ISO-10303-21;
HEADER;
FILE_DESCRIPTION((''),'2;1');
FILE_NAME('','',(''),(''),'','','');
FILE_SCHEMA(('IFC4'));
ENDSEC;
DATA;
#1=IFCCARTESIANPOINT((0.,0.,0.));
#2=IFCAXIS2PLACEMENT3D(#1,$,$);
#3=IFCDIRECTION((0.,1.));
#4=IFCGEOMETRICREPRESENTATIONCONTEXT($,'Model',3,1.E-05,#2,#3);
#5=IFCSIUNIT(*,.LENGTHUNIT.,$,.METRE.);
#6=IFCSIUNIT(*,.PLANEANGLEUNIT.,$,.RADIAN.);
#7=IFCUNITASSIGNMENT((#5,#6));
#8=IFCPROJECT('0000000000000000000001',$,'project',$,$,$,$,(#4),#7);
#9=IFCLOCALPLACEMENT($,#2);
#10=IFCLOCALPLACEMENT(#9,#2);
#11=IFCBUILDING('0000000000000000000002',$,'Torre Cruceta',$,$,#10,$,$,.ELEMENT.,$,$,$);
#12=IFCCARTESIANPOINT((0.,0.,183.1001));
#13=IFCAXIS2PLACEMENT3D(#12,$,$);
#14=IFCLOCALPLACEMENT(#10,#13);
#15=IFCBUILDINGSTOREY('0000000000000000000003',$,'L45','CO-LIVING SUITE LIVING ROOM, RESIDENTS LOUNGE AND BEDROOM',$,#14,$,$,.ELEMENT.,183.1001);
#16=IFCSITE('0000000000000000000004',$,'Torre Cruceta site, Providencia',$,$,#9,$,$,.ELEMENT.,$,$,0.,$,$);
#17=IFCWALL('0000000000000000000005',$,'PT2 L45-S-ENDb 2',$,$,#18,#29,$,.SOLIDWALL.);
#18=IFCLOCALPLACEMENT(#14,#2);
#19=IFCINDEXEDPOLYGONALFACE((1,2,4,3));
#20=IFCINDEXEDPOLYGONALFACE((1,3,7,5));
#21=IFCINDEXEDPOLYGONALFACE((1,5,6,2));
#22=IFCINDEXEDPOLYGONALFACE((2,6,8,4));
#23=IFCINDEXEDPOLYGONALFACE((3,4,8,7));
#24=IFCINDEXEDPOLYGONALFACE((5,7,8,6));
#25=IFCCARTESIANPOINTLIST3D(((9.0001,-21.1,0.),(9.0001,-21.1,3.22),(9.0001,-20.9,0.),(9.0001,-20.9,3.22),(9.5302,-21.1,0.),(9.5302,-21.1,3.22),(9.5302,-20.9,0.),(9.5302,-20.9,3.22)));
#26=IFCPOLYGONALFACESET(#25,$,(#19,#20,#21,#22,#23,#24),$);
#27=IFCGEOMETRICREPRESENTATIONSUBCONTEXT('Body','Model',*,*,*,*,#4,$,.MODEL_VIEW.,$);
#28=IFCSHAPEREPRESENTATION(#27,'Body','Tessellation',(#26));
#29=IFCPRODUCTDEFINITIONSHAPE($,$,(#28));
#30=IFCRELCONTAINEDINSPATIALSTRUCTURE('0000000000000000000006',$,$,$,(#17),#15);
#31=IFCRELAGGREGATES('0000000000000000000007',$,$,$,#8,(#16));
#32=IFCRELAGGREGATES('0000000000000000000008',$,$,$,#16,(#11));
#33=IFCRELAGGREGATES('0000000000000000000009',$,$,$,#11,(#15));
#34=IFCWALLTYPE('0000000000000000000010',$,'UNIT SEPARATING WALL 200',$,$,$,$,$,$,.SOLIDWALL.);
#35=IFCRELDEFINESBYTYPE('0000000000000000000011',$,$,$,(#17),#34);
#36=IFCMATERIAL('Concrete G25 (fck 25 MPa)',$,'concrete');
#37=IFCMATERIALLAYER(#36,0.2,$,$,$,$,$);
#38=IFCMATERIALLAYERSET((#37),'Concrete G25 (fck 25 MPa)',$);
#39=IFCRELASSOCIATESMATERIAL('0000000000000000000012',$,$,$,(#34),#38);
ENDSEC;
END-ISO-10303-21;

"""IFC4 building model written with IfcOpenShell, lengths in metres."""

from ifc_helpers import new_model, si_unit, direction, frame, frame_2d, origin, place, context, subcontext, project, spatial, rectangle, extrude, material, layer, layer_set, type_object, element, save


model = new_model("IFC4")

# Units and contexts
model_context = context("Model", 3, precision=1e-05, world=origin(), true_north=direction((0.0, 1.0)))
body_context = subcontext(model_context, "Body", "Model", "MODEL_VIEW")
ifc_project = project(units=[si_unit("LENGTHUNIT", "METRE"), si_unit("PLANEANGLEUNIT", "RADIAN")], contexts=[model_context])

# Site, building, storey
site_placement = place(None, origin())
site = spatial("IfcSite", under=ifc_project, at=site_placement, Name="Torre Cruceta site, Providencia", CompositionType="ELEMENT", RefElevation=0.0)
building_placement = place(site_placement, origin())
building = spatial("IfcBuilding", under=site, at=building_placement, Name="Torre Cruceta", CompositionType="ELEMENT")
storey_placement = place(building_placement, frame((0.0, 0.0, 183.1001)))
storey = spatial("IfcBuildingStorey", under=building, at=storey_placement, Name="L45", Description="CO-LIVING SUITE LIVING ROOM, RESIDENTS LOUNGE AND BEDROOM", CompositionType="ELEMENT", Elevation=183.1001)

# Shared definitions
ifc_material_1 = material(Name="Concrete G25 (fck 25 MPa)", Category="concrete")
ifc_layer_1 = layer(ifc_material_1, 0.2)
ifc_layer_set_1 = layer_set([ifc_layer_1], Name="Concrete G25 (fck 25 MPa)")
wall_type_1 = type_object("IfcWallType", Name="UNIT SEPARATING WALL 200", PredefinedType="SOLIDWALL", material=ifc_layer_set_1)

# Wall
wall_1_placement = place(storey_placement, frame((9.0, -21.0, 0.0), z_axis=(0.0, 0.0, 1.0), x_axis=(1.0, 0.0, 0.0)))
element("IfcWall", 1, at=wall_1_placement, inside=storey, type_object=wall_type_1, Name="PT2 L45-S-ENDb 2", PredefinedType="SOLIDWALL", context=body_context, shape_type="SweptSolid", body=[
    extrude(rectangle(XDim=0.53, YDim=0.2, at=frame_2d((0.2651, 0.0))), origin(), (0.0, 0.0, 1.0), 3.22),
])

save(model, "model.ifc")
